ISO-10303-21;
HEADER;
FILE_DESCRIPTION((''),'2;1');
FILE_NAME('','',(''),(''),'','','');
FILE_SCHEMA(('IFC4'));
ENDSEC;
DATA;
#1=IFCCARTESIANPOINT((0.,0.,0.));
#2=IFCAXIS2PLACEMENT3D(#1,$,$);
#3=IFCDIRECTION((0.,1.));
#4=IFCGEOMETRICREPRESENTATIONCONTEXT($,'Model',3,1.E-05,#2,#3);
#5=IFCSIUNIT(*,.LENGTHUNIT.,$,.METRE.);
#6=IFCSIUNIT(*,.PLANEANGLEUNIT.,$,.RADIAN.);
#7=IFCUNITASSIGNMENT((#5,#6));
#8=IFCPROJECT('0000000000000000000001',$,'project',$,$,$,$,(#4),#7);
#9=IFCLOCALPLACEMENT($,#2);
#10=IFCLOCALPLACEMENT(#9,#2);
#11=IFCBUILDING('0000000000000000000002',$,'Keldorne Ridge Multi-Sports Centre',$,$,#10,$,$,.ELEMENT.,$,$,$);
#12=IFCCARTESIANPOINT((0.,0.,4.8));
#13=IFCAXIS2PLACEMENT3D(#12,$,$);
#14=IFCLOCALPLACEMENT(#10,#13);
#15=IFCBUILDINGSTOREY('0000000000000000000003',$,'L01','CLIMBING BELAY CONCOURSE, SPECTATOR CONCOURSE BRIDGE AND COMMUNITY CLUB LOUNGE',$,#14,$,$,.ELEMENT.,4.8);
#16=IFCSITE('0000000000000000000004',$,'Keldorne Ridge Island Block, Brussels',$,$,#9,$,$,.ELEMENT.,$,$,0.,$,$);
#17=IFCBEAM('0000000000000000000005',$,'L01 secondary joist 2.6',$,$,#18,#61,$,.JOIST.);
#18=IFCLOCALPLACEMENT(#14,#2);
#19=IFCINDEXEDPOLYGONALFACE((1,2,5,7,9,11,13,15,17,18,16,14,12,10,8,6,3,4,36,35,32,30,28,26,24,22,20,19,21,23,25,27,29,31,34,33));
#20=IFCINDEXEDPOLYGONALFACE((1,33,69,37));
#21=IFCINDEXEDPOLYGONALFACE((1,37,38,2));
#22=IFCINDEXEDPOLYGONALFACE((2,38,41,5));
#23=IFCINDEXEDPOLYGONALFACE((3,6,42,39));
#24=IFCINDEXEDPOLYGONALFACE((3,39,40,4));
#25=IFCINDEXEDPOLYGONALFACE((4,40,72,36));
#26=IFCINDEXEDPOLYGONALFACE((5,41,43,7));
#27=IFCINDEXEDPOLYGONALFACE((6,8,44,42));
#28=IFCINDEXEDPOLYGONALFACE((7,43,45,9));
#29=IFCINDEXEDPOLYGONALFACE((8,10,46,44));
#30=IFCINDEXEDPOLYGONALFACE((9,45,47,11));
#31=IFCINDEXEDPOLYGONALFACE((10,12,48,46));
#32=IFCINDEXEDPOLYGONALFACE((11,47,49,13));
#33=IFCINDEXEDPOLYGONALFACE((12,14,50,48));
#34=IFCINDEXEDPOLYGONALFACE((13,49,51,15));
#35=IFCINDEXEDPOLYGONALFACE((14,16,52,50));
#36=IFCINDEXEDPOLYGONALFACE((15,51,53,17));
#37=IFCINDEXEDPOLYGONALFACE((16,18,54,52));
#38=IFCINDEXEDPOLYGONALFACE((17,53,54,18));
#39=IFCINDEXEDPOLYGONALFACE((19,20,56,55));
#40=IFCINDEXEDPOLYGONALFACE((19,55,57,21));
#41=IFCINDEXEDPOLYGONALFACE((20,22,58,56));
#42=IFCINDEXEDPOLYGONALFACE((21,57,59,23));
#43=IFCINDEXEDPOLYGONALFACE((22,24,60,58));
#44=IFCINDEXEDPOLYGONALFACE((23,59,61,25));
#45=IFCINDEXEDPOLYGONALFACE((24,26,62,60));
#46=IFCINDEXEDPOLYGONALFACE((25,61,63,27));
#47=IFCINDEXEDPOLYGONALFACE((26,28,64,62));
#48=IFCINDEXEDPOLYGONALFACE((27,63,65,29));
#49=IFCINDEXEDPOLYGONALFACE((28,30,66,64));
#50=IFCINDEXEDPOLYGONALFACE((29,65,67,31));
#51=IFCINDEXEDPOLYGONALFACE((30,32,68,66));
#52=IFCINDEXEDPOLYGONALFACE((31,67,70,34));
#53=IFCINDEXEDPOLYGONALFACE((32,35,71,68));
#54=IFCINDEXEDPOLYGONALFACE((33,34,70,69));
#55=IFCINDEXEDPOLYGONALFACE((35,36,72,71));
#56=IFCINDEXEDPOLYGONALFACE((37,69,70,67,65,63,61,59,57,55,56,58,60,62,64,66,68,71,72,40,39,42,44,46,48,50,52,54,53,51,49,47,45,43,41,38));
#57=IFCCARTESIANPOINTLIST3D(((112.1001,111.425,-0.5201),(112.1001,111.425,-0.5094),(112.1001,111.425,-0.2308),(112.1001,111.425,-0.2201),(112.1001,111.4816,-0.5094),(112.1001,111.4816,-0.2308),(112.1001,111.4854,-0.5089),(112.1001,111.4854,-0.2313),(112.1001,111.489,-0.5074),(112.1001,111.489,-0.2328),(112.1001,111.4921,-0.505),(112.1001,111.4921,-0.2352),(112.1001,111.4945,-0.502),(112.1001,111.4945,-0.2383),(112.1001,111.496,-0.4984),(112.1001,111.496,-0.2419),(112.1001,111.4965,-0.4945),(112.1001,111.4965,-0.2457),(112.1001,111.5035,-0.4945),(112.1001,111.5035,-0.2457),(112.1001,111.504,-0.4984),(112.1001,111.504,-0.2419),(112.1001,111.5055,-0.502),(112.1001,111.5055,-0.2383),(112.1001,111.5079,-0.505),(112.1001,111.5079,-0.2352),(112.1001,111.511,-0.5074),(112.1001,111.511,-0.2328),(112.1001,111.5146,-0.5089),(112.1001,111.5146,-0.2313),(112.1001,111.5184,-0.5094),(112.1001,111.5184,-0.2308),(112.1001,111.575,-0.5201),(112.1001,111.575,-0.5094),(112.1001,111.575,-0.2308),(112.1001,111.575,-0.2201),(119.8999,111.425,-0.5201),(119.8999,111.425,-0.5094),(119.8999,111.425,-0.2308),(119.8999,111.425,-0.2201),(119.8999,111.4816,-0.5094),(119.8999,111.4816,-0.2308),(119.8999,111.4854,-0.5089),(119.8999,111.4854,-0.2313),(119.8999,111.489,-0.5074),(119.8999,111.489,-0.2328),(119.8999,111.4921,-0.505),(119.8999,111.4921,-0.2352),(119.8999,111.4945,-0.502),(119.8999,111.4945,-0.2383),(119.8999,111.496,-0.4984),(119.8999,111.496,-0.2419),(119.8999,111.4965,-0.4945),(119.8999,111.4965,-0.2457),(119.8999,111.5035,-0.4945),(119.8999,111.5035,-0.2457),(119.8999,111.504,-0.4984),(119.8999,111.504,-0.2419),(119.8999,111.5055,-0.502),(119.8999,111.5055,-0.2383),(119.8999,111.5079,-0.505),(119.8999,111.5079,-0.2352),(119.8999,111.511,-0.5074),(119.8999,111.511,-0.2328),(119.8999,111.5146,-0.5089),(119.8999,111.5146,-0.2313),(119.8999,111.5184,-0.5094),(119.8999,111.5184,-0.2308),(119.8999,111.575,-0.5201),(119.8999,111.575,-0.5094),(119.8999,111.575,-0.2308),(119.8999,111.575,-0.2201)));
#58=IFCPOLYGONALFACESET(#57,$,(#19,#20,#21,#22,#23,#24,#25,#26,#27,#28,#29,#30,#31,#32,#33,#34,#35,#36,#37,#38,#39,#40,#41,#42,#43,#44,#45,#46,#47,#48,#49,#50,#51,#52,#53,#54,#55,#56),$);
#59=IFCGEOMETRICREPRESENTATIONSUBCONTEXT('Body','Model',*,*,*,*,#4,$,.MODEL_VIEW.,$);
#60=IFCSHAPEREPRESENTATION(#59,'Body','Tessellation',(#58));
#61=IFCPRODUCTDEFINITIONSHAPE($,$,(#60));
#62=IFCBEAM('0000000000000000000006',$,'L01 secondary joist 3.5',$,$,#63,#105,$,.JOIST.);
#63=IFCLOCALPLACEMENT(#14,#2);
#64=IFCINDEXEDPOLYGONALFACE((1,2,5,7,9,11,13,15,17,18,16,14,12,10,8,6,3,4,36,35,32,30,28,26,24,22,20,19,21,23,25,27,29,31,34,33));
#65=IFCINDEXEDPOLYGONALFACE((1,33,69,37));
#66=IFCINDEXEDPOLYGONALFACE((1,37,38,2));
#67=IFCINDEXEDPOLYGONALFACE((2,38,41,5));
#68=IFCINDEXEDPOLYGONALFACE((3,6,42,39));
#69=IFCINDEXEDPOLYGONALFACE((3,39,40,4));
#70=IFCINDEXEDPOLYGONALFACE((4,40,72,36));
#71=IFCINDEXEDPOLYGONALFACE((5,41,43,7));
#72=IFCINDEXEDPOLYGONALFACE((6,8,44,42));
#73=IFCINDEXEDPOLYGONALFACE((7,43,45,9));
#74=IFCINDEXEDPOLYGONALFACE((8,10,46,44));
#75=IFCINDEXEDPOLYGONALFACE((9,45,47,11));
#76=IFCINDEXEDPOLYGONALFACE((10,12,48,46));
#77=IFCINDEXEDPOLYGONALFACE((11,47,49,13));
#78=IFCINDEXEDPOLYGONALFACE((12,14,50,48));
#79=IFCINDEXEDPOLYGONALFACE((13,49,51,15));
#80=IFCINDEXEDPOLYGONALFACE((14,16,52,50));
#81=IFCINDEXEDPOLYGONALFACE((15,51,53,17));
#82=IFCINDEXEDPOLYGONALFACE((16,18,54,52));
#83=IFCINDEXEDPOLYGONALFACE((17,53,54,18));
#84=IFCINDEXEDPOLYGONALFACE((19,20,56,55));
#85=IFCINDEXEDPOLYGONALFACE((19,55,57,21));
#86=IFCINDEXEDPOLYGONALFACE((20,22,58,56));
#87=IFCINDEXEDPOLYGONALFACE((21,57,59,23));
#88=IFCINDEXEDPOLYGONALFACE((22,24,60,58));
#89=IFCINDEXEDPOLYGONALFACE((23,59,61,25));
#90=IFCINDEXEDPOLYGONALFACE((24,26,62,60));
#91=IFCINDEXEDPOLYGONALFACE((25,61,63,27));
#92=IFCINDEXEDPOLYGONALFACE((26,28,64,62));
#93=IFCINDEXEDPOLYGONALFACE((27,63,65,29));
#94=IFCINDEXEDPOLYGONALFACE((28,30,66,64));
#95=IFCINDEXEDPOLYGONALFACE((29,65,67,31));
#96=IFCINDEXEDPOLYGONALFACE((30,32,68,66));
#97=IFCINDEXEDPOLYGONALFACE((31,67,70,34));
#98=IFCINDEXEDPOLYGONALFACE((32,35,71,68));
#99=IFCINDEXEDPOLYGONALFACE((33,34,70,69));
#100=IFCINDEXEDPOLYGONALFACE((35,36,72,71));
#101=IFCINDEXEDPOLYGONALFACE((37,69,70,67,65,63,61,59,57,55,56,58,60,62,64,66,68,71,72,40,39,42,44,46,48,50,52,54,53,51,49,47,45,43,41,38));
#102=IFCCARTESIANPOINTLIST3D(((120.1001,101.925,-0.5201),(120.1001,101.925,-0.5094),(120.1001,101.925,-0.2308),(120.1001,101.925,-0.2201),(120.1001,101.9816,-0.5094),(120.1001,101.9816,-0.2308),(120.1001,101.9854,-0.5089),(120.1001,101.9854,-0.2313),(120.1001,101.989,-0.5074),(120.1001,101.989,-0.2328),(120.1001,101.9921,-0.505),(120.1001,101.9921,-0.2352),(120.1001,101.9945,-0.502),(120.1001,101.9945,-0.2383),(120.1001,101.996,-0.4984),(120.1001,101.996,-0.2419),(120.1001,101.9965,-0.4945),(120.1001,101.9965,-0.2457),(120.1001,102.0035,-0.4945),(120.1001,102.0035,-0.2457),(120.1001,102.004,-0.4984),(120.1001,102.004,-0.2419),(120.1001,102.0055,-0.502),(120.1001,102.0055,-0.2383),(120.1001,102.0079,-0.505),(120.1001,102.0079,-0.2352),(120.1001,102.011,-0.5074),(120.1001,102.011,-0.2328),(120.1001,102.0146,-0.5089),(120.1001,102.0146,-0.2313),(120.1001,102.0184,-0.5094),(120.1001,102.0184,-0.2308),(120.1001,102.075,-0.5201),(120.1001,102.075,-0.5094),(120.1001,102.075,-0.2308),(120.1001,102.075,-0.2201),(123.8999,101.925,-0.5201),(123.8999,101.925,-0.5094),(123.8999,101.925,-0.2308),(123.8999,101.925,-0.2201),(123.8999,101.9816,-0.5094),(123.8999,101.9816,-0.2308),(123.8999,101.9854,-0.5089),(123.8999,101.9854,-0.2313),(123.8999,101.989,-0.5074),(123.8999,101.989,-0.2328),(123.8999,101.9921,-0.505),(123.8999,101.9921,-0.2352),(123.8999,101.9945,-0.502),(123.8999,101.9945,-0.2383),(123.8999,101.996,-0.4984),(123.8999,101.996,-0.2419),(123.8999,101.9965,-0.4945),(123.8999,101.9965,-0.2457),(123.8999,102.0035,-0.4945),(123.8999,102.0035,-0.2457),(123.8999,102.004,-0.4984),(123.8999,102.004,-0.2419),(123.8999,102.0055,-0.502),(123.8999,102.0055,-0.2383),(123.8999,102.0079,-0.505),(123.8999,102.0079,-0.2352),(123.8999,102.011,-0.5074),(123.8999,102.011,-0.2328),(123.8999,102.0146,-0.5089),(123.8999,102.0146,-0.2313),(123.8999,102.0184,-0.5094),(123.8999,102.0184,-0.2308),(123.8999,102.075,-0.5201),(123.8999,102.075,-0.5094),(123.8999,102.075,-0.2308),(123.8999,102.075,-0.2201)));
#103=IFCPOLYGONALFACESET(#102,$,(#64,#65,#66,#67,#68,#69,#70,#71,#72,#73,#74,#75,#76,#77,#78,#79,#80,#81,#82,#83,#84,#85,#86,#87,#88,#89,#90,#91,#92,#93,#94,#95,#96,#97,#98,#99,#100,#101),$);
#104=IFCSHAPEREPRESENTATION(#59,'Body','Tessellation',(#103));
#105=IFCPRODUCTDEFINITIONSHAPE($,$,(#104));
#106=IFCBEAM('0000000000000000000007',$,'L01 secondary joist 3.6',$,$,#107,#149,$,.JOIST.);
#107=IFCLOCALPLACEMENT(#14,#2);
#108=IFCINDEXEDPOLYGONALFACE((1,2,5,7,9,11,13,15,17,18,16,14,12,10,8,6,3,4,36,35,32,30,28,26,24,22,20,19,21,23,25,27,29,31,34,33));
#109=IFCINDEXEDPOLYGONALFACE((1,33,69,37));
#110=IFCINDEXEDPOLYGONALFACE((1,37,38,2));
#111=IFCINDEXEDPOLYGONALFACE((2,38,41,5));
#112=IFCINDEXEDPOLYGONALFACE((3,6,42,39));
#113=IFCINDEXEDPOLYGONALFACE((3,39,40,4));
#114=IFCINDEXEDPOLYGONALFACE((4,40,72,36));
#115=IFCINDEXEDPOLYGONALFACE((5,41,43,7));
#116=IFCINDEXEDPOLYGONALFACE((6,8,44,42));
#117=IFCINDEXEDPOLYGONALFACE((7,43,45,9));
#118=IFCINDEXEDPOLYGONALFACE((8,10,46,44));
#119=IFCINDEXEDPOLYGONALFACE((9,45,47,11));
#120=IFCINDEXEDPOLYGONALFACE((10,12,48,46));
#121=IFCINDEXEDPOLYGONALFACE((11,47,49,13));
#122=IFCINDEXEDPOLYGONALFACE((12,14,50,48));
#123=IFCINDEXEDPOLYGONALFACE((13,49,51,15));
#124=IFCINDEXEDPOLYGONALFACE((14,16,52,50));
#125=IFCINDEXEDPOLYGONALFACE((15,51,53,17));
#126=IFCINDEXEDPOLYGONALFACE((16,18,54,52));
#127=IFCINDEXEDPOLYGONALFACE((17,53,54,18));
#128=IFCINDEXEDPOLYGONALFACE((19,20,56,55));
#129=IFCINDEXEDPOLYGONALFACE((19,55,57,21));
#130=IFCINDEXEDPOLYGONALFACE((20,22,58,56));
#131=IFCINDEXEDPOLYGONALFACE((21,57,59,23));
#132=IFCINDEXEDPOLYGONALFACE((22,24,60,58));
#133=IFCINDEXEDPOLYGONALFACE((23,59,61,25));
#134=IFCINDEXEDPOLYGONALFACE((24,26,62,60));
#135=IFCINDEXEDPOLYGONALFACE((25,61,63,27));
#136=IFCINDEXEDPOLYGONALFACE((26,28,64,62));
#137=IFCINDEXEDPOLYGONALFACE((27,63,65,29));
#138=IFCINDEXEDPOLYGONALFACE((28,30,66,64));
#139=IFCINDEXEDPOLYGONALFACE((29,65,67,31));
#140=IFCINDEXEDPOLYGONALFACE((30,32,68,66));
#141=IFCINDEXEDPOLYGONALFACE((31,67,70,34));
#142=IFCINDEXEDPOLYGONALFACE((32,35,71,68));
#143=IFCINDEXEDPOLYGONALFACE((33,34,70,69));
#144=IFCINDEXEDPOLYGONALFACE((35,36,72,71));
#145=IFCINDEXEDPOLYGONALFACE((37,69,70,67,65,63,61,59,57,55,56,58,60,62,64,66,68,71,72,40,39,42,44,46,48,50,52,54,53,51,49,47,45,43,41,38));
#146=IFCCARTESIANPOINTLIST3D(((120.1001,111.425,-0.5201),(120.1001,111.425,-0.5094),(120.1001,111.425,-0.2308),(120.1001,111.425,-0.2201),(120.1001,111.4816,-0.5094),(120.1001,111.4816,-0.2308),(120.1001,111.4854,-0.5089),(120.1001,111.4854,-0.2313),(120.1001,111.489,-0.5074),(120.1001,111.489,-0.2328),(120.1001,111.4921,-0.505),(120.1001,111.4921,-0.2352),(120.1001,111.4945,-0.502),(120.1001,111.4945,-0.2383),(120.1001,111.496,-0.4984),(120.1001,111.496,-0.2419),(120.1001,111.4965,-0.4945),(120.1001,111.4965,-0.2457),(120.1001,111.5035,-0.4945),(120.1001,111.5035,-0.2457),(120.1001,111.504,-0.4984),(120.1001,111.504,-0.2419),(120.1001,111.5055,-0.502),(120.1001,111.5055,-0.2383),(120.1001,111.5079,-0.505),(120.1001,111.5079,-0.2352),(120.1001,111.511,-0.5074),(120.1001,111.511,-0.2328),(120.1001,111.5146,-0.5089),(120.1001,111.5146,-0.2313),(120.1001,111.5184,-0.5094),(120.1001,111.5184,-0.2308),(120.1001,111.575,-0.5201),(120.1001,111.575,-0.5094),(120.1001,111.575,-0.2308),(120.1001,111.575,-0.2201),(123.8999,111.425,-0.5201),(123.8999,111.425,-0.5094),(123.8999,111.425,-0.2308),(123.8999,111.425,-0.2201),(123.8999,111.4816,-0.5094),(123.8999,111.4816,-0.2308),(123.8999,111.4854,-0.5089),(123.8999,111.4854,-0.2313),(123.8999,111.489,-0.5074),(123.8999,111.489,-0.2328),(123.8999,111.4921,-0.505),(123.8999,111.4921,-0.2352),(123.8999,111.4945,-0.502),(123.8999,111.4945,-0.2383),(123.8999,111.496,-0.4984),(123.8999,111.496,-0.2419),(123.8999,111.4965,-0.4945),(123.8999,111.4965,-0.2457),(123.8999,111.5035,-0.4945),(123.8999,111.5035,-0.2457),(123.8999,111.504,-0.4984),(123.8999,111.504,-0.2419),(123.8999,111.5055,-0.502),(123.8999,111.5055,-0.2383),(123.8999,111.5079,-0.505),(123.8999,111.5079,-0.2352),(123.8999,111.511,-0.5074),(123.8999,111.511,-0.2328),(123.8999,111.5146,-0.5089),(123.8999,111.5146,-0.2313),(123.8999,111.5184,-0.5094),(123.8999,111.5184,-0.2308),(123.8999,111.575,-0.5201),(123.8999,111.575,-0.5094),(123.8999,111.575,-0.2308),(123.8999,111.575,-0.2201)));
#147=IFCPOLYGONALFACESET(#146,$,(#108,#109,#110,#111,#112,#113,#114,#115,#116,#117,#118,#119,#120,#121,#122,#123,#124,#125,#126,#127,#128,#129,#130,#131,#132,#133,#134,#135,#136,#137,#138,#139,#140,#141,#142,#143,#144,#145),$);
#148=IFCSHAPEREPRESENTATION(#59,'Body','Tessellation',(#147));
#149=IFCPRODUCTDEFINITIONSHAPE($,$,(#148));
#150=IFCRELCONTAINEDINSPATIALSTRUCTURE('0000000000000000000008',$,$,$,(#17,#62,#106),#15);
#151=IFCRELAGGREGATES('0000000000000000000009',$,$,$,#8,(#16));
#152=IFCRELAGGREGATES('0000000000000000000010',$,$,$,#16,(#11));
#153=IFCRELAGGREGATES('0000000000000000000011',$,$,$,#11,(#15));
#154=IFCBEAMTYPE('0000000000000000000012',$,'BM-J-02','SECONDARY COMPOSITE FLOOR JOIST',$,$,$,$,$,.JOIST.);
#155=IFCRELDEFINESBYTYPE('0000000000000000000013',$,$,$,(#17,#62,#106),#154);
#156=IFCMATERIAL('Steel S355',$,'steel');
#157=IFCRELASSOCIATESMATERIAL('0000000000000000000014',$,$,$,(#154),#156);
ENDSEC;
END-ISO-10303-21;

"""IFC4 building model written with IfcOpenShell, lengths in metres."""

from ifc_helpers import new_model, si_unit, direction, frame, origin, origin_2d, place, context, subcontext, project, spatial, i_section, extrude, material, material_profile, profile_set, type_object, element, save


model = new_model("IFC4")

# Units and contexts
model_context = context("Model", 3, precision=1e-05, world=origin(), true_north=direction((0.0, 1.0)))
body_context = subcontext(model_context, "Body", "Model", "MODEL_VIEW")
ifc_project = project(units=[si_unit("LENGTHUNIT", "METRE"), si_unit("PLANEANGLEUNIT", "RADIAN")], contexts=[model_context])

# Site, building, storey
site_placement = place(None, origin())
site = spatial("IfcSite", under=ifc_project, at=site_placement, Name="Keldorne Ridge Island Block, Brussels", CompositionType="ELEMENT", RefElevation=0.0)
building_placement = place(site_placement, origin())
building = spatial("IfcBuilding", under=site, at=building_placement, Name="Keldorne Ridge Multi-Sports Centre", CompositionType="ELEMENT")
storey_placement = place(building_placement, frame((0.0, 0.0, 4.8)))
storey = spatial("IfcBuildingStorey", under=building, at=storey_placement, Name="L01", Description="CLIMBING BELAY CONCOURSE, SPECTATOR CONCOURSE BRIDGE AND COMMUNITY CLUB LOUNGE", CompositionType="ELEMENT", Elevation=4.8)

# Shared definitions
ifc_material_1 = material(Name="Steel S355", Category="steel")

# Beams
ifc_material_profile_1 = material_profile(ifc_material_1, i_section(OverallWidth=0.1499, OverallDepth=0.3, WebThickness=0.0071, FlangeThickness=0.0107, FilletRadius=0.0149, at=origin_2d()), Name="IPE 300")
ifc_profile_set_1 = profile_set([ifc_material_profile_1], Name="Steel S355")
beam_type_1 = type_object("IfcBeamType", Name="BM-J-02", Description="SECONDARY COMPOSITE FLOOR JOIST", PredefinedType="JOIST", material=ifc_profile_set_1)
beam_1_placement = place(storey_placement, frame((112.1001, 111.5, -0.3701), z_axis=(1.0, 0.0, 0.0), x_axis=(0.0, 1.0, 0.0)))
element("IfcBeam", 1, at=beam_1_placement, inside=storey, type_object=beam_type_1, Name="L01 secondary joist 2.6", PredefinedType="JOIST", context=body_context, shape_type="SweptSolid", body=[
    extrude(i_section(OverallWidth=0.1499, OverallDepth=0.3, WebThickness=0.0071, FlangeThickness=0.0107, FilletRadius=0.0149, at=origin_2d()), origin(), (0.0, 0.0, 1.0), 7.7998),
])
for number, where, z_axis, x_axis, name in (
    (2, (120.1001, 102.0, -0.3701), (1.0, 0.0, 0.0), (0.0, 1.0, 0.0), "L01 secondary joist 3.5"),
    (3, (120.1001, 111.5, -0.3701), (1.0, 0.0, 0.0), (0.0, 1.0, 0.0), "L01 secondary joist 3.6"),
):
    element("IfcBeam", number, at=place(storey_placement, frame(where, z_axis=z_axis, x_axis=x_axis)), inside=storey, type_object=beam_type_1, Name=name, PredefinedType="JOIST", context=body_context, shape_type="SweptSolid", body=[
        extrude(i_section(OverallWidth=0.1499, OverallDepth=0.3, WebThickness=0.0071, FlangeThickness=0.0107, FilletRadius=0.0149, at=origin_2d()), origin(), (0.0, 0.0, 1.0), 3.7998),
    ])

save(model, "model.ifc")
